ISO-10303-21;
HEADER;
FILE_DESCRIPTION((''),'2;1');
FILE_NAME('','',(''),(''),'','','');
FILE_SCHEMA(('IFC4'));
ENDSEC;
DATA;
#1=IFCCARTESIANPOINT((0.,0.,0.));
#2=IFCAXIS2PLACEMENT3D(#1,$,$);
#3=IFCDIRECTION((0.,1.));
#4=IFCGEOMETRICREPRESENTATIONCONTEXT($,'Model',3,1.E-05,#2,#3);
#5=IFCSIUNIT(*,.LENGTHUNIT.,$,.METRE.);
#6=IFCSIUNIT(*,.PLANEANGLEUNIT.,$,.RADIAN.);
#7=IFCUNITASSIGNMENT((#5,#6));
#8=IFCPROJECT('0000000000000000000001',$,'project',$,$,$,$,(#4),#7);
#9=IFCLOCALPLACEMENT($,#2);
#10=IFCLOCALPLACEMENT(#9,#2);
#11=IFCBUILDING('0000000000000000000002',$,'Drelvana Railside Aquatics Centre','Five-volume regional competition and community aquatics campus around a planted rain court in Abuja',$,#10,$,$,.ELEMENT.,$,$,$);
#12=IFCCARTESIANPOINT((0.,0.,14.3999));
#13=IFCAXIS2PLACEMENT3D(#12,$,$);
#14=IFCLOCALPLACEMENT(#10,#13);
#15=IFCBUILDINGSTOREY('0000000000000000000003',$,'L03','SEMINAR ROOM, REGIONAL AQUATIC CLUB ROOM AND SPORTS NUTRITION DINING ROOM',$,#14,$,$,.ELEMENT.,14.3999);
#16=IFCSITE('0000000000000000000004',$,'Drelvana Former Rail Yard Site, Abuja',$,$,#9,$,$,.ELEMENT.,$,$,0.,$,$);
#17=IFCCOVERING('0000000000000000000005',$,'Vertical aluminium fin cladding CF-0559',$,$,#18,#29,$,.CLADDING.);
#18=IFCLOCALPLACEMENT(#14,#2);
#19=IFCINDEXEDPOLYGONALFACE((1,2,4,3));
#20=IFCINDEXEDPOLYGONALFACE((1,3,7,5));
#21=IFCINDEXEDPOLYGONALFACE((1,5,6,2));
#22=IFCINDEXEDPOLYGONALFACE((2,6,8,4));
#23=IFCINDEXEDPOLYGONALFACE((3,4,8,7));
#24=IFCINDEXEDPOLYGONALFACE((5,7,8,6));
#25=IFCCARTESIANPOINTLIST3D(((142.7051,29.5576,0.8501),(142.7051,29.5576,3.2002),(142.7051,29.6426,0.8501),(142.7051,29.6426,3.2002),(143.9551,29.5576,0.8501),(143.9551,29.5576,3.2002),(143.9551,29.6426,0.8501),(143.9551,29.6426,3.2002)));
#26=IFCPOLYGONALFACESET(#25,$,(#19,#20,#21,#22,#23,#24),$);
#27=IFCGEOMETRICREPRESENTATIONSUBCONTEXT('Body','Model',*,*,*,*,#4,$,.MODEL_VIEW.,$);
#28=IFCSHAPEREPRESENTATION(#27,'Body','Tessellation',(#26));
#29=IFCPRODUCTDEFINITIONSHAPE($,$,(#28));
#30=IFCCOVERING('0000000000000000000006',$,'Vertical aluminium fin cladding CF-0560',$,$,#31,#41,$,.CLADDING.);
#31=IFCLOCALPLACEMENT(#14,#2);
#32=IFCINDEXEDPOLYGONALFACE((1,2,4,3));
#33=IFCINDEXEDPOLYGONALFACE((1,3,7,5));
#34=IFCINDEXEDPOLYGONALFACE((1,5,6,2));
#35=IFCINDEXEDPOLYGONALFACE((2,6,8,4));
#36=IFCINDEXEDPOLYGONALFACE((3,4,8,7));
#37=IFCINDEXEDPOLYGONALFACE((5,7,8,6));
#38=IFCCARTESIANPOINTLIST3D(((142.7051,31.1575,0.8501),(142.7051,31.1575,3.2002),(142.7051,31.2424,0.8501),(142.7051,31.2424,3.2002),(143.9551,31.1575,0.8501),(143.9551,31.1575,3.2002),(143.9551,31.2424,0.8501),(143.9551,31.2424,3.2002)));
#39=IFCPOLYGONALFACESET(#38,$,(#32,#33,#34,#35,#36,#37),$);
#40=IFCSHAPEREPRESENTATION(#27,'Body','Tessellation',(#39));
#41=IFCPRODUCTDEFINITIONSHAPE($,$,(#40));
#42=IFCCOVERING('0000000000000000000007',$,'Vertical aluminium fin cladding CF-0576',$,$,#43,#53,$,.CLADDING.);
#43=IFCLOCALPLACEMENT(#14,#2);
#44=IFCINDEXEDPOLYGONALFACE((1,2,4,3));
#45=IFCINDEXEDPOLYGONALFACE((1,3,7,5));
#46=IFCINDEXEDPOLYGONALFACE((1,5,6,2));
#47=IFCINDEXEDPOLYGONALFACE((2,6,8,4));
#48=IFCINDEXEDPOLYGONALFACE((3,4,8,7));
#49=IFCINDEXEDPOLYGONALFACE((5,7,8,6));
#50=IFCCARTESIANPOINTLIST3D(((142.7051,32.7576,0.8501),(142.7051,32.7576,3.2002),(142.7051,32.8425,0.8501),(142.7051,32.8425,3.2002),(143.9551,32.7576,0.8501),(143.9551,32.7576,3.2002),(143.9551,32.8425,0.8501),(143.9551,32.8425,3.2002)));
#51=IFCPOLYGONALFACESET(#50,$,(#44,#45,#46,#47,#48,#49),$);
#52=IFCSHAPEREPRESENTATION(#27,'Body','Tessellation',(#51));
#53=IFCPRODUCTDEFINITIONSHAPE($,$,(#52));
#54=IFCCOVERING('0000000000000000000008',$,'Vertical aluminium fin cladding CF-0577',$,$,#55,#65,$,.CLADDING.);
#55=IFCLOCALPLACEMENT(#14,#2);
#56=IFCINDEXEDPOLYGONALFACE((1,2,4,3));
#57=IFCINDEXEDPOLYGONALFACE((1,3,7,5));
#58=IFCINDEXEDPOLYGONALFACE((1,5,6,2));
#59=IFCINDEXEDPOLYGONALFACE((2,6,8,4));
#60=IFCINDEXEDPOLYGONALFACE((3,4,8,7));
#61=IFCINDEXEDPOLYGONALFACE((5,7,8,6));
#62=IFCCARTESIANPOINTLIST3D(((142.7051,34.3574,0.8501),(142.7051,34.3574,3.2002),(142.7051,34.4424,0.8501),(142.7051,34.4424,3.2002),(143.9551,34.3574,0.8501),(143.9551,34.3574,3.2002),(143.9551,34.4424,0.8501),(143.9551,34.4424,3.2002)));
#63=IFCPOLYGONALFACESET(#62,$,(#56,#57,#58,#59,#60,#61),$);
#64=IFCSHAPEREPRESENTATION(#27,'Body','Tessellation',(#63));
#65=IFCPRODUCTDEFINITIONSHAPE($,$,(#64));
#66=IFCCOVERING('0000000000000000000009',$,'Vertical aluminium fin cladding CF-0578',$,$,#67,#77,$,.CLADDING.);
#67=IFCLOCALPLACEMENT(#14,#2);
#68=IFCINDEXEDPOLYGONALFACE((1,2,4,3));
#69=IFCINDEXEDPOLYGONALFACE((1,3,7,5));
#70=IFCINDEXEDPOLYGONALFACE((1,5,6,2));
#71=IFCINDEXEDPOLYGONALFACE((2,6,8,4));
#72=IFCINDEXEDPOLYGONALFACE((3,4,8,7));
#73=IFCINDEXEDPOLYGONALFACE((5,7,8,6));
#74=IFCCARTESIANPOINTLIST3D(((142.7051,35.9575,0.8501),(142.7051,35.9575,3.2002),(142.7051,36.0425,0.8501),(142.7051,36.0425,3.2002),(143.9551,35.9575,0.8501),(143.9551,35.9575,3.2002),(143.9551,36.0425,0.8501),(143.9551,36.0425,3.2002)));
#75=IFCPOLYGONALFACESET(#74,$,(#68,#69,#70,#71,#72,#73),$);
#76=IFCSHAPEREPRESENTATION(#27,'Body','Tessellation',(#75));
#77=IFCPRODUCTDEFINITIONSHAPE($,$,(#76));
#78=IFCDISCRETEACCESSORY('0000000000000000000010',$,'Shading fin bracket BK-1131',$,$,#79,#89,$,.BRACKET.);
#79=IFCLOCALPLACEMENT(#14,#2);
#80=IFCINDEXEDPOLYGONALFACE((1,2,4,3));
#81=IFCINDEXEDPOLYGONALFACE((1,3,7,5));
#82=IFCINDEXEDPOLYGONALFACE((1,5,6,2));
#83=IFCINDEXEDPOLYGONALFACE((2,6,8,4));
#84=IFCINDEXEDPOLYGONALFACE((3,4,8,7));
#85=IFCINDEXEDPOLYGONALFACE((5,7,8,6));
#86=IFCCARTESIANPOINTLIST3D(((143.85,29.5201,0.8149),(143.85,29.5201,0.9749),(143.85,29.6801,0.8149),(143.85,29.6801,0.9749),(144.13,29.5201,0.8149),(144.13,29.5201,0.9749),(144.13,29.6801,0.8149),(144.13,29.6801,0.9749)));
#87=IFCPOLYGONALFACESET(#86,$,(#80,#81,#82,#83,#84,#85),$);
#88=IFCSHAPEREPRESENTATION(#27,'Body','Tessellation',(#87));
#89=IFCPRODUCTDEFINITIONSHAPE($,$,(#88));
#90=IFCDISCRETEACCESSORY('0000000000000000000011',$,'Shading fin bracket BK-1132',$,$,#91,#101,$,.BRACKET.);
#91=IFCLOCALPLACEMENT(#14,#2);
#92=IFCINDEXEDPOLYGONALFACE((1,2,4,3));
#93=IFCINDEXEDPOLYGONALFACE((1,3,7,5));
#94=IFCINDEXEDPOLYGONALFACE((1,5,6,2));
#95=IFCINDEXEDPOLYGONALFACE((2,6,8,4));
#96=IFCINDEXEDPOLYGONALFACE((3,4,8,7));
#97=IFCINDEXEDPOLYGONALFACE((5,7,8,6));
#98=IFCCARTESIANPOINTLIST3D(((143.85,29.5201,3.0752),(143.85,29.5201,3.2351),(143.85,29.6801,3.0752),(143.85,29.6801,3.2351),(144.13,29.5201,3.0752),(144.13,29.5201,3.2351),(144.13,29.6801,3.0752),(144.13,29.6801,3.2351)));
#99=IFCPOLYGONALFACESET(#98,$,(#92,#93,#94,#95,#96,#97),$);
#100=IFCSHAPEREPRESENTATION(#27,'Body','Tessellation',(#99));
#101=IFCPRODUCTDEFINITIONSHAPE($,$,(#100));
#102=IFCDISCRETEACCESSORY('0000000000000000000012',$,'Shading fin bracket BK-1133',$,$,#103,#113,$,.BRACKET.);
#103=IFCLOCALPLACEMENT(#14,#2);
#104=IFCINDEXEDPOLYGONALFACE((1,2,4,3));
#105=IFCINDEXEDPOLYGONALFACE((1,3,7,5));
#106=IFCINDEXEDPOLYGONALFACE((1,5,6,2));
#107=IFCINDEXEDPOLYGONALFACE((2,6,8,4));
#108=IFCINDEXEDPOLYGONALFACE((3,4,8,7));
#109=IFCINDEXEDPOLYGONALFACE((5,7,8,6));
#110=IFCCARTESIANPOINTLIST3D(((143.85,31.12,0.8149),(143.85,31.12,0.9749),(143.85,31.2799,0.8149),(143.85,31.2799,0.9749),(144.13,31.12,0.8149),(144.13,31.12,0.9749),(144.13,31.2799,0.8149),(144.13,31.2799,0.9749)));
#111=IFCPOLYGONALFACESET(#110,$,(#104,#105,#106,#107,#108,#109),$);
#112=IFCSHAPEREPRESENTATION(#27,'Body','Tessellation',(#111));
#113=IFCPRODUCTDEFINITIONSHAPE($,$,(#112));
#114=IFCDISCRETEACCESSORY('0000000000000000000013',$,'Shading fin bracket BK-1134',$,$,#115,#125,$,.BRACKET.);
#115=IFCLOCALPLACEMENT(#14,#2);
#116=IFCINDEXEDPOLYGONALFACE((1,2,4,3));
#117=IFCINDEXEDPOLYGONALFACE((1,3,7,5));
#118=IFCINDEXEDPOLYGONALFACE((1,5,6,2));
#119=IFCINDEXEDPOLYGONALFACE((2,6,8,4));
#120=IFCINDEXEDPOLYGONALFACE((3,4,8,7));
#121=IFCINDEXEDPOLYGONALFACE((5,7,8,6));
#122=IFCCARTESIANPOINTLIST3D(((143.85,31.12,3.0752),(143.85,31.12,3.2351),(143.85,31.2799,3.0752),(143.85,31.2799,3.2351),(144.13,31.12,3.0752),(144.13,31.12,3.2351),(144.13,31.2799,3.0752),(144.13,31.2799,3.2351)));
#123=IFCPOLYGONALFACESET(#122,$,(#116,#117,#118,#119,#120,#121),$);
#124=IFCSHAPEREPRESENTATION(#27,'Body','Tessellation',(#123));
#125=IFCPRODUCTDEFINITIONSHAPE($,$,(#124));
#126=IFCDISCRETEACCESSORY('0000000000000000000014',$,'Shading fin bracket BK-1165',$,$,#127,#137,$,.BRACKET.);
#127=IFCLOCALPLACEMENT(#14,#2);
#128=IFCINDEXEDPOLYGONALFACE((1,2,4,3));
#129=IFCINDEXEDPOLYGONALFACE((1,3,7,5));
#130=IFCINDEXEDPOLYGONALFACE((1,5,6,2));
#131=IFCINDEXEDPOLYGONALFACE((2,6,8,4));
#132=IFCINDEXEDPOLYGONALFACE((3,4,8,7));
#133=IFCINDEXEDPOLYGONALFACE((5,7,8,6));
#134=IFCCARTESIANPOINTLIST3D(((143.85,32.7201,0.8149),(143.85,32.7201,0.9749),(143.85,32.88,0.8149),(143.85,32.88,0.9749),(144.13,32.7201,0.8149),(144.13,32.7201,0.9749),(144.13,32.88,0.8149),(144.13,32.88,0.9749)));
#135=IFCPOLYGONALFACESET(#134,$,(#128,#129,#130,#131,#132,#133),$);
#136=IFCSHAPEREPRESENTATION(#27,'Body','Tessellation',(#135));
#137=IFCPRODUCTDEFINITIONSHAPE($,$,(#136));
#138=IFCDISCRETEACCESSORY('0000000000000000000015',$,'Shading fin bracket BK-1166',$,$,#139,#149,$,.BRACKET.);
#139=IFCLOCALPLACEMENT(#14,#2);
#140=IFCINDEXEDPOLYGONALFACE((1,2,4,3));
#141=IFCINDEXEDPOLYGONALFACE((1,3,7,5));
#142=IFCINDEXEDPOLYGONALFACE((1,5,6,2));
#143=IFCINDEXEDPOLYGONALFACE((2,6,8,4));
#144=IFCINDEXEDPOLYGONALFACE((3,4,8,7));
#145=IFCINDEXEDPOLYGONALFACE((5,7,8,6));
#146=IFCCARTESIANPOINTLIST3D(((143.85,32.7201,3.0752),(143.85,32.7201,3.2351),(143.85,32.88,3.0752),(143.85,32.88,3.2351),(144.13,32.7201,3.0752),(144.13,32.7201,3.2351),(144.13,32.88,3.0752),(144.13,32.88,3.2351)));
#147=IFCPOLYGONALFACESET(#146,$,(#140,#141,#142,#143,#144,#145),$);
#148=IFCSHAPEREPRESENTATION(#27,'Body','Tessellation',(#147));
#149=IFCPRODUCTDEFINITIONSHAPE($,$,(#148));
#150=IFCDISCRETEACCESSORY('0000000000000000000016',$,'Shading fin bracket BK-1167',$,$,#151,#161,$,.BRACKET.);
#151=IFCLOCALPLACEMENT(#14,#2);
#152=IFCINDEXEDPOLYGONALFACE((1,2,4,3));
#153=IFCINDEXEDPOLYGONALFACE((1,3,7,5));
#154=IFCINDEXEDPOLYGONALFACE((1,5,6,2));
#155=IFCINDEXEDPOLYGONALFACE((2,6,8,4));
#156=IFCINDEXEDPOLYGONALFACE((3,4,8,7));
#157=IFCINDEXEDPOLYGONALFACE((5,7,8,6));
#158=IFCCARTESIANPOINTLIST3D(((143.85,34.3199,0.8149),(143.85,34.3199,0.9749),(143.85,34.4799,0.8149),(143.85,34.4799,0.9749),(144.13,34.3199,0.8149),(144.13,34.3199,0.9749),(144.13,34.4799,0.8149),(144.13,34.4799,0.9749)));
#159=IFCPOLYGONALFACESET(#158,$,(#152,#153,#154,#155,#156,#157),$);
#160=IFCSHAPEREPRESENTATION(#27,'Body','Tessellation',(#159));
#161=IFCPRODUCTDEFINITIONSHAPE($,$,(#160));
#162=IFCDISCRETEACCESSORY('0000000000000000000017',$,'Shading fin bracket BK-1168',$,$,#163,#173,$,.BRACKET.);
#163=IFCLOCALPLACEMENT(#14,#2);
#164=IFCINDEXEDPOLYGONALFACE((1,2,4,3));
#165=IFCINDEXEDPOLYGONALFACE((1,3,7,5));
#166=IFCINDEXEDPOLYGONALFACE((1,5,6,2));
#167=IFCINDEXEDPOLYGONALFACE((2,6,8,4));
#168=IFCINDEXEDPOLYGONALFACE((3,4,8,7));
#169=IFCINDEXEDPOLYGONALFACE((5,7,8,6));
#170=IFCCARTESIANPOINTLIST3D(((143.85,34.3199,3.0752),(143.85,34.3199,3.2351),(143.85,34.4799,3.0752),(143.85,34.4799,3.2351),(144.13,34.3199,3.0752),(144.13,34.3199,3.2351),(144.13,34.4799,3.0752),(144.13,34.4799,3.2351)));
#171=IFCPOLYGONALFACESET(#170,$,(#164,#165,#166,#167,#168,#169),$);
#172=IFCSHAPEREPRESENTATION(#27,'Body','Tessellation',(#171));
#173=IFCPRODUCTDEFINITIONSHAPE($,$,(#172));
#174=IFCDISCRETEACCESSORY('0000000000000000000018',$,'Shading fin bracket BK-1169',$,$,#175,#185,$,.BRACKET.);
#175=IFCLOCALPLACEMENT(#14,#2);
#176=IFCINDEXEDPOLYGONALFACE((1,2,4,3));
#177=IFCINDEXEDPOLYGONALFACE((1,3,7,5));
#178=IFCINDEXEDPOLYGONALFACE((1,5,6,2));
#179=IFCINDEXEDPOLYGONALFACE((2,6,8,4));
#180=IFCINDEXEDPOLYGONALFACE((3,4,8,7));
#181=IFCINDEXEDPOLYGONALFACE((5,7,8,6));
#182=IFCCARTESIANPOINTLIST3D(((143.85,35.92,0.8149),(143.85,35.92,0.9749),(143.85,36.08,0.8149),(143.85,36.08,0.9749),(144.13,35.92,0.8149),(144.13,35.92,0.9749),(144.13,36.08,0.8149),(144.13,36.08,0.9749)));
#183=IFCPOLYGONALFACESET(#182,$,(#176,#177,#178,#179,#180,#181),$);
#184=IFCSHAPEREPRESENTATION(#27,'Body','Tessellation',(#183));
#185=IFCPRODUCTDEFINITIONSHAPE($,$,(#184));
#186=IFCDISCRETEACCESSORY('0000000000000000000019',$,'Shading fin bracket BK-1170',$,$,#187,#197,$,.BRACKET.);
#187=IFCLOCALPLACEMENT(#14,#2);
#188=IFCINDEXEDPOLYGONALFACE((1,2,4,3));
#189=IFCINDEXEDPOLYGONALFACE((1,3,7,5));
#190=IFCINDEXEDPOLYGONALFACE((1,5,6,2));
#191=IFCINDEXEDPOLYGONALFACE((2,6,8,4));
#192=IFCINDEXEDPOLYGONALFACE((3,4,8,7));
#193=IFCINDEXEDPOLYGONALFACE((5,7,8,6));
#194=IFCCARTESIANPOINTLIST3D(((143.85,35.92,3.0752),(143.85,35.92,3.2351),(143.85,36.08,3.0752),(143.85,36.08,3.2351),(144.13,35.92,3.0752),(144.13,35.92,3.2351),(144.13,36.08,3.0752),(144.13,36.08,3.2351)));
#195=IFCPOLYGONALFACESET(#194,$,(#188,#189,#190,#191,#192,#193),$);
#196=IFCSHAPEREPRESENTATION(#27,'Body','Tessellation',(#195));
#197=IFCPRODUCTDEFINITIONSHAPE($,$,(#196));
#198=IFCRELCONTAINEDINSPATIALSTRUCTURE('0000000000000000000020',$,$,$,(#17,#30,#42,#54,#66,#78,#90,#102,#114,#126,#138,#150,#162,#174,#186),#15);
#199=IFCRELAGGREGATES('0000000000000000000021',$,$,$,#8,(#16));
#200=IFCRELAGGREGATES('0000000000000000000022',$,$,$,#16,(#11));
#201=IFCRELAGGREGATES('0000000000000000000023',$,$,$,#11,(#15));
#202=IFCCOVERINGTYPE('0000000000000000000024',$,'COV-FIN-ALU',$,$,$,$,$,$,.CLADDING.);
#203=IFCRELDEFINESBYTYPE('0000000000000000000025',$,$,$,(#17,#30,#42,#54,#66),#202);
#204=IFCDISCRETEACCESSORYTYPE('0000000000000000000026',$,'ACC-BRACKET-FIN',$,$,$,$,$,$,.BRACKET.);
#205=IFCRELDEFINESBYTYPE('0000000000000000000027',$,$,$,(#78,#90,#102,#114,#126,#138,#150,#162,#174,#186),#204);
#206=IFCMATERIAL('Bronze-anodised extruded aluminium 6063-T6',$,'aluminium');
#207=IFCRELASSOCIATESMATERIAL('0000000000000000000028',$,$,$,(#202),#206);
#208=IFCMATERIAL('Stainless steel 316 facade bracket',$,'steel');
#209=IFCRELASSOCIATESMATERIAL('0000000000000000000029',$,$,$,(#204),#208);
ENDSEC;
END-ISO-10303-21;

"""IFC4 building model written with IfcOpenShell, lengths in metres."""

from ifc_helpers import new_model, si_unit, direction, frame, origin, origin_2d, place, context, subcontext, project, spatial, rectangle, extrude, material, type_object, element, save


model = new_model("IFC4")

# Units and contexts
model_context = context("Model", 3, precision=1e-05, world=origin(), true_north=direction((0.0, 1.0)))
body_context = subcontext(model_context, "Body", "Model", "MODEL_VIEW")
ifc_project = project(units=[si_unit("LENGTHUNIT", "METRE"), si_unit("PLANEANGLEUNIT", "RADIAN")], contexts=[model_context])

# Site, building, storey
site_placement = place(None, origin())
site = spatial("IfcSite", under=ifc_project, at=site_placement, Name="Drelvana Former Rail Yard Site, Abuja", CompositionType="ELEMENT", RefElevation=0.0)
building_placement = place(site_placement, origin())
building = spatial("IfcBuilding", under=site, at=building_placement, Name="Drelvana Railside Aquatics Centre", Description="Five-volume regional competition and community aquatics campus around a planted rain court in Abuja", CompositionType="ELEMENT")
storey_placement = place(building_placement, frame((0.0, 0.0, 14.3999)))
storey = spatial("IfcBuildingStorey", under=building, at=storey_placement, Name="L03", Description="SEMINAR ROOM, REGIONAL AQUATIC CLUB ROOM AND SPORTS NUTRITION DINING ROOM", CompositionType="ELEMENT", Elevation=14.3999)

# Coverings
ifc_material_1 = material(Name="Bronze-anodised extruded aluminium 6063-T6", Category="aluminium")
covering_type = type_object("IfcCoveringType", Name="COV-FIN-ALU", PredefinedType="CLADDING", material=ifc_material_1)
for number, where, z_axis, x_axis, name in (
    (1, (143.3301, 29.6001, 0.8501), (0.0, 0.0, 1.0), (0.0, 1.0, 0.0), "Vertical aluminium fin cladding CF-0559"),
    (2, (143.3301, 31.2, 0.8501), (0.0, 0.0, 1.0), (0.0, 1.0, 0.0), "Vertical aluminium fin cladding CF-0560"),
    (3, (143.3301, 32.8, 0.8501), (0.0, 0.0, 1.0), (0.0, 1.0, 0.0), "Vertical aluminium fin cladding CF-0576"),
    (4, (143.3301, 34.3999, 0.8501), (0.0, 0.0, 1.0), (0.0, 1.0, 0.0), "Vertical aluminium fin cladding CF-0577"),
    (5, (143.3301, 36.0, 0.8501), (0.0, 0.0, 1.0), (0.0, 1.0, 0.0), "Vertical aluminium fin cladding CF-0578"),
):
    element("IfcCovering", number, at=place(storey_placement, frame(where, z_axis=z_axis, x_axis=x_axis)), inside=storey, type_object=covering_type, Name=name, PredefinedType="CLADDING", context=body_context, shape_type="SweptSolid", body=[
        extrude(rectangle(XDim=0.085, YDim=1.25, at=origin_2d()), origin(), (0.0, 0.0, 1.0), 2.3501),
    ])

# Discrete accessories
ifc_material_2 = material(Name="Stainless steel 316 facade bracket", Category="steel")
discrete_accessory_type = type_object("IfcDiscreteAccessoryType", Name="ACC-BRACKET-FIN", PredefinedType="BRACKET", material=ifc_material_2)
for number, where, z_axis, x_axis, name in (
    (6, (143.99, 29.6001, 0.8149), (0.0, 0.0, 1.0), (-1.0, 0.0, 0.0), "Shading fin bracket BK-1131"),
    (7, (143.99, 29.6001, 3.0752), (0.0, 0.0, 1.0), (-1.0, 0.0, 0.0), "Shading fin bracket BK-1132"),
    (8, (143.99, 31.2, 0.8149), (0.0, 0.0, 1.0), (-1.0, 0.0, 0.0), "Shading fin bracket BK-1133"),
    (9, (143.99, 31.2, 3.0752), (0.0, 0.0, 1.0), (-1.0, 0.0, 0.0), "Shading fin bracket BK-1134"),
    (10, (143.99, 32.8, 0.8149), (0.0, 0.0, 1.0), (-1.0, 0.0, 0.0), "Shading fin bracket BK-1165"),
    (11, (143.99, 32.8, 3.0752), (0.0, 0.0, 1.0), (-1.0, 0.0, 0.0), "Shading fin bracket BK-1166"),
    (12, (143.99, 34.3999, 0.8149), (0.0, 0.0, 1.0), (-1.0, 0.0, 0.0), "Shading fin bracket BK-1167"),
    (13, (143.99, 34.3999, 3.0752), (0.0, 0.0, 1.0), (-1.0, 0.0, 0.0), "Shading fin bracket BK-1168"),
    (14, (143.99, 36.0, 0.8149), (0.0, 0.0, 1.0), (-1.0, 0.0, 0.0), "Shading fin bracket BK-1169"),
    (15, (143.99, 36.0, 3.0752), (0.0, 0.0, 1.0), (-1.0, 0.0, 0.0), "Shading fin bracket BK-1170"),
):
    element("IfcDiscreteAccessory", number, at=place(storey_placement, frame(where, z_axis=z_axis, x_axis=x_axis)), inside=storey, type_object=discrete_accessory_type, Name=name, PredefinedType="BRACKET", context=body_context, shape_type="SweptSolid", body=[
        extrude(rectangle(XDim=0.28, YDim=0.1599, at=origin_2d()), origin(), (0.0, 0.0, 1.0), 0.1599),
    ])

save(model, "model.ifc")
